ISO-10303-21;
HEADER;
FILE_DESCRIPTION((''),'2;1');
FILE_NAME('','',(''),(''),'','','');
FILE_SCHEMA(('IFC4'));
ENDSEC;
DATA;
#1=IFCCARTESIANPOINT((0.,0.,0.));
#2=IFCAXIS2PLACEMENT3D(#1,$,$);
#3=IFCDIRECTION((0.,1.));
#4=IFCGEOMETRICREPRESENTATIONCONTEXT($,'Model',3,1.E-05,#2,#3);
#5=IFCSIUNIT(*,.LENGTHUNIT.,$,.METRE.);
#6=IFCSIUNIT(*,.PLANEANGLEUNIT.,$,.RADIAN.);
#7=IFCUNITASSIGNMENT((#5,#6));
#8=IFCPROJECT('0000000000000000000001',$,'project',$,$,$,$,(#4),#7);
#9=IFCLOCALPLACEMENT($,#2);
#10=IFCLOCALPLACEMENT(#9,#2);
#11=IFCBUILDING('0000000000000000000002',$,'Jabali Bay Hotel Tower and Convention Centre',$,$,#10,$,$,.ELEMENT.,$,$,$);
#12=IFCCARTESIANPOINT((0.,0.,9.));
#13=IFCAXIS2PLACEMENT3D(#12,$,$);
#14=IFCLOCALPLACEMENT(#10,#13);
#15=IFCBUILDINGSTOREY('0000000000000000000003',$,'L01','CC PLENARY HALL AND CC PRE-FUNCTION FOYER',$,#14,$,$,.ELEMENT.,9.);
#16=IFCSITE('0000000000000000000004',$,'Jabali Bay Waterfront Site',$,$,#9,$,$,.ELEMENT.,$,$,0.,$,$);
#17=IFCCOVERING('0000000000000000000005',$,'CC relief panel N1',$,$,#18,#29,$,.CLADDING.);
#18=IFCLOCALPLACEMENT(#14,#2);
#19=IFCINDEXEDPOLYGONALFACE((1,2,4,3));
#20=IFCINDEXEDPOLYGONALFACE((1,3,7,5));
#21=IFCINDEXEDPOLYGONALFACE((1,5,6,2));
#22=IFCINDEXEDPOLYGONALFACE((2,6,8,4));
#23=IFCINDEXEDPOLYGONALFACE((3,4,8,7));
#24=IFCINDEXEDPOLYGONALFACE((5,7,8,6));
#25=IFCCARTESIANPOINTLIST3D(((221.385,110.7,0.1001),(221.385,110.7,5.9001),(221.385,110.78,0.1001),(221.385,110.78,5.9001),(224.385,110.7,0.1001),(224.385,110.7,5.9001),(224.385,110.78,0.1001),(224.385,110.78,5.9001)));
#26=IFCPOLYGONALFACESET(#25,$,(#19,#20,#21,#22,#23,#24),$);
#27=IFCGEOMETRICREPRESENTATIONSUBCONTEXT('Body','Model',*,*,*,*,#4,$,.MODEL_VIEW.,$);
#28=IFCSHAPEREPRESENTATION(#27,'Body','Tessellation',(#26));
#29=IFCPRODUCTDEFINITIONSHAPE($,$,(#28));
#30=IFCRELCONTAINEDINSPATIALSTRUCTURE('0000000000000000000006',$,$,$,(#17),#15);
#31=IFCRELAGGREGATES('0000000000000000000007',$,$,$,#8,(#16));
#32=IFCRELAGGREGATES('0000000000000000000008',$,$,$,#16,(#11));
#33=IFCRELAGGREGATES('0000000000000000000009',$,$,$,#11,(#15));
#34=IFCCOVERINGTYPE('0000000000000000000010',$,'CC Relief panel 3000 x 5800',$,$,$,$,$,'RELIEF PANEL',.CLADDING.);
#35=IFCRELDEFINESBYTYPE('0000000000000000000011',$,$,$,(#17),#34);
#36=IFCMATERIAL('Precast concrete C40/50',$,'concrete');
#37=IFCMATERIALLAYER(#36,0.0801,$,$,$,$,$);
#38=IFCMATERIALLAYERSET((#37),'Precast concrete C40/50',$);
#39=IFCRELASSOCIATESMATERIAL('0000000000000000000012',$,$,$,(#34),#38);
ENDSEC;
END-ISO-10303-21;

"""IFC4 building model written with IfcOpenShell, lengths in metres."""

from ifc_helpers import new_model, si_unit, direction, frame, origin, origin_2d, place, context, subcontext, project, spatial, rectangle, extrude, material, layer, layer_set, type_object, element, save


model = new_model("IFC4")

# Units and contexts
model_context = context("Model", 3, precision=1e-05, world=origin(), true_north=direction((0.0, 1.0)))
body_context = subcontext(model_context, "Body", "Model", "MODEL_VIEW")
ifc_project = project(units=[si_unit("LENGTHUNIT", "METRE"), si_unit("PLANEANGLEUNIT", "RADIAN")], contexts=[model_context])

# Site, building, storey
site_placement = place(None, origin())
site = spatial("IfcSite", under=ifc_project, at=site_placement, Name="Jabali Bay Waterfront Site", CompositionType="ELEMENT", RefElevation=0.0)
building_placement = place(site_placement, origin())
building = spatial("IfcBuilding", under=site, at=building_placement, Name="Jabali Bay Hotel Tower and Convention Centre", CompositionType="ELEMENT")
storey_placement = place(building_placement, frame((0.0, 0.0, 9.0)))
storey = spatial("IfcBuildingStorey", under=building, at=storey_placement, Name="L01", Description="CC PLENARY HALL AND CC PRE-FUNCTION FOYER", CompositionType="ELEMENT", Elevation=9.0)

# Covering
ifc_material_1 = material(Name="Precast concrete C40/50", Category="concrete")
ifc_layer_1 = layer(ifc_material_1, 0.0801)
ifc_layer_set_1 = layer_set([ifc_layer_1], Name="Precast concrete C40/50")
covering_type_1 = type_object("IfcCoveringType", Name="CC Relief panel 3000 x 5800", ElementType="RELIEF PANEL", PredefinedType="CLADDING", material=ifc_layer_set_1)
covering_placement = place(storey_placement, frame((222.885, 110.74, 0.1001), z_axis=(0.0, 0.0, 1.0), x_axis=(1.0, 0.0, 0.0)))
element("IfcCovering", 1, at=covering_placement, inside=storey, type_object=covering_type_1, Name="CC relief panel N1", PredefinedType="CLADDING", context=body_context, shape_type="SweptSolid", body=[
    extrude(rectangle(XDim=3.0, YDim=0.0801, at=origin_2d()), origin(), (0.0, 0.0, 1.0), 5.8),
])

save(model, "model.ifc")
